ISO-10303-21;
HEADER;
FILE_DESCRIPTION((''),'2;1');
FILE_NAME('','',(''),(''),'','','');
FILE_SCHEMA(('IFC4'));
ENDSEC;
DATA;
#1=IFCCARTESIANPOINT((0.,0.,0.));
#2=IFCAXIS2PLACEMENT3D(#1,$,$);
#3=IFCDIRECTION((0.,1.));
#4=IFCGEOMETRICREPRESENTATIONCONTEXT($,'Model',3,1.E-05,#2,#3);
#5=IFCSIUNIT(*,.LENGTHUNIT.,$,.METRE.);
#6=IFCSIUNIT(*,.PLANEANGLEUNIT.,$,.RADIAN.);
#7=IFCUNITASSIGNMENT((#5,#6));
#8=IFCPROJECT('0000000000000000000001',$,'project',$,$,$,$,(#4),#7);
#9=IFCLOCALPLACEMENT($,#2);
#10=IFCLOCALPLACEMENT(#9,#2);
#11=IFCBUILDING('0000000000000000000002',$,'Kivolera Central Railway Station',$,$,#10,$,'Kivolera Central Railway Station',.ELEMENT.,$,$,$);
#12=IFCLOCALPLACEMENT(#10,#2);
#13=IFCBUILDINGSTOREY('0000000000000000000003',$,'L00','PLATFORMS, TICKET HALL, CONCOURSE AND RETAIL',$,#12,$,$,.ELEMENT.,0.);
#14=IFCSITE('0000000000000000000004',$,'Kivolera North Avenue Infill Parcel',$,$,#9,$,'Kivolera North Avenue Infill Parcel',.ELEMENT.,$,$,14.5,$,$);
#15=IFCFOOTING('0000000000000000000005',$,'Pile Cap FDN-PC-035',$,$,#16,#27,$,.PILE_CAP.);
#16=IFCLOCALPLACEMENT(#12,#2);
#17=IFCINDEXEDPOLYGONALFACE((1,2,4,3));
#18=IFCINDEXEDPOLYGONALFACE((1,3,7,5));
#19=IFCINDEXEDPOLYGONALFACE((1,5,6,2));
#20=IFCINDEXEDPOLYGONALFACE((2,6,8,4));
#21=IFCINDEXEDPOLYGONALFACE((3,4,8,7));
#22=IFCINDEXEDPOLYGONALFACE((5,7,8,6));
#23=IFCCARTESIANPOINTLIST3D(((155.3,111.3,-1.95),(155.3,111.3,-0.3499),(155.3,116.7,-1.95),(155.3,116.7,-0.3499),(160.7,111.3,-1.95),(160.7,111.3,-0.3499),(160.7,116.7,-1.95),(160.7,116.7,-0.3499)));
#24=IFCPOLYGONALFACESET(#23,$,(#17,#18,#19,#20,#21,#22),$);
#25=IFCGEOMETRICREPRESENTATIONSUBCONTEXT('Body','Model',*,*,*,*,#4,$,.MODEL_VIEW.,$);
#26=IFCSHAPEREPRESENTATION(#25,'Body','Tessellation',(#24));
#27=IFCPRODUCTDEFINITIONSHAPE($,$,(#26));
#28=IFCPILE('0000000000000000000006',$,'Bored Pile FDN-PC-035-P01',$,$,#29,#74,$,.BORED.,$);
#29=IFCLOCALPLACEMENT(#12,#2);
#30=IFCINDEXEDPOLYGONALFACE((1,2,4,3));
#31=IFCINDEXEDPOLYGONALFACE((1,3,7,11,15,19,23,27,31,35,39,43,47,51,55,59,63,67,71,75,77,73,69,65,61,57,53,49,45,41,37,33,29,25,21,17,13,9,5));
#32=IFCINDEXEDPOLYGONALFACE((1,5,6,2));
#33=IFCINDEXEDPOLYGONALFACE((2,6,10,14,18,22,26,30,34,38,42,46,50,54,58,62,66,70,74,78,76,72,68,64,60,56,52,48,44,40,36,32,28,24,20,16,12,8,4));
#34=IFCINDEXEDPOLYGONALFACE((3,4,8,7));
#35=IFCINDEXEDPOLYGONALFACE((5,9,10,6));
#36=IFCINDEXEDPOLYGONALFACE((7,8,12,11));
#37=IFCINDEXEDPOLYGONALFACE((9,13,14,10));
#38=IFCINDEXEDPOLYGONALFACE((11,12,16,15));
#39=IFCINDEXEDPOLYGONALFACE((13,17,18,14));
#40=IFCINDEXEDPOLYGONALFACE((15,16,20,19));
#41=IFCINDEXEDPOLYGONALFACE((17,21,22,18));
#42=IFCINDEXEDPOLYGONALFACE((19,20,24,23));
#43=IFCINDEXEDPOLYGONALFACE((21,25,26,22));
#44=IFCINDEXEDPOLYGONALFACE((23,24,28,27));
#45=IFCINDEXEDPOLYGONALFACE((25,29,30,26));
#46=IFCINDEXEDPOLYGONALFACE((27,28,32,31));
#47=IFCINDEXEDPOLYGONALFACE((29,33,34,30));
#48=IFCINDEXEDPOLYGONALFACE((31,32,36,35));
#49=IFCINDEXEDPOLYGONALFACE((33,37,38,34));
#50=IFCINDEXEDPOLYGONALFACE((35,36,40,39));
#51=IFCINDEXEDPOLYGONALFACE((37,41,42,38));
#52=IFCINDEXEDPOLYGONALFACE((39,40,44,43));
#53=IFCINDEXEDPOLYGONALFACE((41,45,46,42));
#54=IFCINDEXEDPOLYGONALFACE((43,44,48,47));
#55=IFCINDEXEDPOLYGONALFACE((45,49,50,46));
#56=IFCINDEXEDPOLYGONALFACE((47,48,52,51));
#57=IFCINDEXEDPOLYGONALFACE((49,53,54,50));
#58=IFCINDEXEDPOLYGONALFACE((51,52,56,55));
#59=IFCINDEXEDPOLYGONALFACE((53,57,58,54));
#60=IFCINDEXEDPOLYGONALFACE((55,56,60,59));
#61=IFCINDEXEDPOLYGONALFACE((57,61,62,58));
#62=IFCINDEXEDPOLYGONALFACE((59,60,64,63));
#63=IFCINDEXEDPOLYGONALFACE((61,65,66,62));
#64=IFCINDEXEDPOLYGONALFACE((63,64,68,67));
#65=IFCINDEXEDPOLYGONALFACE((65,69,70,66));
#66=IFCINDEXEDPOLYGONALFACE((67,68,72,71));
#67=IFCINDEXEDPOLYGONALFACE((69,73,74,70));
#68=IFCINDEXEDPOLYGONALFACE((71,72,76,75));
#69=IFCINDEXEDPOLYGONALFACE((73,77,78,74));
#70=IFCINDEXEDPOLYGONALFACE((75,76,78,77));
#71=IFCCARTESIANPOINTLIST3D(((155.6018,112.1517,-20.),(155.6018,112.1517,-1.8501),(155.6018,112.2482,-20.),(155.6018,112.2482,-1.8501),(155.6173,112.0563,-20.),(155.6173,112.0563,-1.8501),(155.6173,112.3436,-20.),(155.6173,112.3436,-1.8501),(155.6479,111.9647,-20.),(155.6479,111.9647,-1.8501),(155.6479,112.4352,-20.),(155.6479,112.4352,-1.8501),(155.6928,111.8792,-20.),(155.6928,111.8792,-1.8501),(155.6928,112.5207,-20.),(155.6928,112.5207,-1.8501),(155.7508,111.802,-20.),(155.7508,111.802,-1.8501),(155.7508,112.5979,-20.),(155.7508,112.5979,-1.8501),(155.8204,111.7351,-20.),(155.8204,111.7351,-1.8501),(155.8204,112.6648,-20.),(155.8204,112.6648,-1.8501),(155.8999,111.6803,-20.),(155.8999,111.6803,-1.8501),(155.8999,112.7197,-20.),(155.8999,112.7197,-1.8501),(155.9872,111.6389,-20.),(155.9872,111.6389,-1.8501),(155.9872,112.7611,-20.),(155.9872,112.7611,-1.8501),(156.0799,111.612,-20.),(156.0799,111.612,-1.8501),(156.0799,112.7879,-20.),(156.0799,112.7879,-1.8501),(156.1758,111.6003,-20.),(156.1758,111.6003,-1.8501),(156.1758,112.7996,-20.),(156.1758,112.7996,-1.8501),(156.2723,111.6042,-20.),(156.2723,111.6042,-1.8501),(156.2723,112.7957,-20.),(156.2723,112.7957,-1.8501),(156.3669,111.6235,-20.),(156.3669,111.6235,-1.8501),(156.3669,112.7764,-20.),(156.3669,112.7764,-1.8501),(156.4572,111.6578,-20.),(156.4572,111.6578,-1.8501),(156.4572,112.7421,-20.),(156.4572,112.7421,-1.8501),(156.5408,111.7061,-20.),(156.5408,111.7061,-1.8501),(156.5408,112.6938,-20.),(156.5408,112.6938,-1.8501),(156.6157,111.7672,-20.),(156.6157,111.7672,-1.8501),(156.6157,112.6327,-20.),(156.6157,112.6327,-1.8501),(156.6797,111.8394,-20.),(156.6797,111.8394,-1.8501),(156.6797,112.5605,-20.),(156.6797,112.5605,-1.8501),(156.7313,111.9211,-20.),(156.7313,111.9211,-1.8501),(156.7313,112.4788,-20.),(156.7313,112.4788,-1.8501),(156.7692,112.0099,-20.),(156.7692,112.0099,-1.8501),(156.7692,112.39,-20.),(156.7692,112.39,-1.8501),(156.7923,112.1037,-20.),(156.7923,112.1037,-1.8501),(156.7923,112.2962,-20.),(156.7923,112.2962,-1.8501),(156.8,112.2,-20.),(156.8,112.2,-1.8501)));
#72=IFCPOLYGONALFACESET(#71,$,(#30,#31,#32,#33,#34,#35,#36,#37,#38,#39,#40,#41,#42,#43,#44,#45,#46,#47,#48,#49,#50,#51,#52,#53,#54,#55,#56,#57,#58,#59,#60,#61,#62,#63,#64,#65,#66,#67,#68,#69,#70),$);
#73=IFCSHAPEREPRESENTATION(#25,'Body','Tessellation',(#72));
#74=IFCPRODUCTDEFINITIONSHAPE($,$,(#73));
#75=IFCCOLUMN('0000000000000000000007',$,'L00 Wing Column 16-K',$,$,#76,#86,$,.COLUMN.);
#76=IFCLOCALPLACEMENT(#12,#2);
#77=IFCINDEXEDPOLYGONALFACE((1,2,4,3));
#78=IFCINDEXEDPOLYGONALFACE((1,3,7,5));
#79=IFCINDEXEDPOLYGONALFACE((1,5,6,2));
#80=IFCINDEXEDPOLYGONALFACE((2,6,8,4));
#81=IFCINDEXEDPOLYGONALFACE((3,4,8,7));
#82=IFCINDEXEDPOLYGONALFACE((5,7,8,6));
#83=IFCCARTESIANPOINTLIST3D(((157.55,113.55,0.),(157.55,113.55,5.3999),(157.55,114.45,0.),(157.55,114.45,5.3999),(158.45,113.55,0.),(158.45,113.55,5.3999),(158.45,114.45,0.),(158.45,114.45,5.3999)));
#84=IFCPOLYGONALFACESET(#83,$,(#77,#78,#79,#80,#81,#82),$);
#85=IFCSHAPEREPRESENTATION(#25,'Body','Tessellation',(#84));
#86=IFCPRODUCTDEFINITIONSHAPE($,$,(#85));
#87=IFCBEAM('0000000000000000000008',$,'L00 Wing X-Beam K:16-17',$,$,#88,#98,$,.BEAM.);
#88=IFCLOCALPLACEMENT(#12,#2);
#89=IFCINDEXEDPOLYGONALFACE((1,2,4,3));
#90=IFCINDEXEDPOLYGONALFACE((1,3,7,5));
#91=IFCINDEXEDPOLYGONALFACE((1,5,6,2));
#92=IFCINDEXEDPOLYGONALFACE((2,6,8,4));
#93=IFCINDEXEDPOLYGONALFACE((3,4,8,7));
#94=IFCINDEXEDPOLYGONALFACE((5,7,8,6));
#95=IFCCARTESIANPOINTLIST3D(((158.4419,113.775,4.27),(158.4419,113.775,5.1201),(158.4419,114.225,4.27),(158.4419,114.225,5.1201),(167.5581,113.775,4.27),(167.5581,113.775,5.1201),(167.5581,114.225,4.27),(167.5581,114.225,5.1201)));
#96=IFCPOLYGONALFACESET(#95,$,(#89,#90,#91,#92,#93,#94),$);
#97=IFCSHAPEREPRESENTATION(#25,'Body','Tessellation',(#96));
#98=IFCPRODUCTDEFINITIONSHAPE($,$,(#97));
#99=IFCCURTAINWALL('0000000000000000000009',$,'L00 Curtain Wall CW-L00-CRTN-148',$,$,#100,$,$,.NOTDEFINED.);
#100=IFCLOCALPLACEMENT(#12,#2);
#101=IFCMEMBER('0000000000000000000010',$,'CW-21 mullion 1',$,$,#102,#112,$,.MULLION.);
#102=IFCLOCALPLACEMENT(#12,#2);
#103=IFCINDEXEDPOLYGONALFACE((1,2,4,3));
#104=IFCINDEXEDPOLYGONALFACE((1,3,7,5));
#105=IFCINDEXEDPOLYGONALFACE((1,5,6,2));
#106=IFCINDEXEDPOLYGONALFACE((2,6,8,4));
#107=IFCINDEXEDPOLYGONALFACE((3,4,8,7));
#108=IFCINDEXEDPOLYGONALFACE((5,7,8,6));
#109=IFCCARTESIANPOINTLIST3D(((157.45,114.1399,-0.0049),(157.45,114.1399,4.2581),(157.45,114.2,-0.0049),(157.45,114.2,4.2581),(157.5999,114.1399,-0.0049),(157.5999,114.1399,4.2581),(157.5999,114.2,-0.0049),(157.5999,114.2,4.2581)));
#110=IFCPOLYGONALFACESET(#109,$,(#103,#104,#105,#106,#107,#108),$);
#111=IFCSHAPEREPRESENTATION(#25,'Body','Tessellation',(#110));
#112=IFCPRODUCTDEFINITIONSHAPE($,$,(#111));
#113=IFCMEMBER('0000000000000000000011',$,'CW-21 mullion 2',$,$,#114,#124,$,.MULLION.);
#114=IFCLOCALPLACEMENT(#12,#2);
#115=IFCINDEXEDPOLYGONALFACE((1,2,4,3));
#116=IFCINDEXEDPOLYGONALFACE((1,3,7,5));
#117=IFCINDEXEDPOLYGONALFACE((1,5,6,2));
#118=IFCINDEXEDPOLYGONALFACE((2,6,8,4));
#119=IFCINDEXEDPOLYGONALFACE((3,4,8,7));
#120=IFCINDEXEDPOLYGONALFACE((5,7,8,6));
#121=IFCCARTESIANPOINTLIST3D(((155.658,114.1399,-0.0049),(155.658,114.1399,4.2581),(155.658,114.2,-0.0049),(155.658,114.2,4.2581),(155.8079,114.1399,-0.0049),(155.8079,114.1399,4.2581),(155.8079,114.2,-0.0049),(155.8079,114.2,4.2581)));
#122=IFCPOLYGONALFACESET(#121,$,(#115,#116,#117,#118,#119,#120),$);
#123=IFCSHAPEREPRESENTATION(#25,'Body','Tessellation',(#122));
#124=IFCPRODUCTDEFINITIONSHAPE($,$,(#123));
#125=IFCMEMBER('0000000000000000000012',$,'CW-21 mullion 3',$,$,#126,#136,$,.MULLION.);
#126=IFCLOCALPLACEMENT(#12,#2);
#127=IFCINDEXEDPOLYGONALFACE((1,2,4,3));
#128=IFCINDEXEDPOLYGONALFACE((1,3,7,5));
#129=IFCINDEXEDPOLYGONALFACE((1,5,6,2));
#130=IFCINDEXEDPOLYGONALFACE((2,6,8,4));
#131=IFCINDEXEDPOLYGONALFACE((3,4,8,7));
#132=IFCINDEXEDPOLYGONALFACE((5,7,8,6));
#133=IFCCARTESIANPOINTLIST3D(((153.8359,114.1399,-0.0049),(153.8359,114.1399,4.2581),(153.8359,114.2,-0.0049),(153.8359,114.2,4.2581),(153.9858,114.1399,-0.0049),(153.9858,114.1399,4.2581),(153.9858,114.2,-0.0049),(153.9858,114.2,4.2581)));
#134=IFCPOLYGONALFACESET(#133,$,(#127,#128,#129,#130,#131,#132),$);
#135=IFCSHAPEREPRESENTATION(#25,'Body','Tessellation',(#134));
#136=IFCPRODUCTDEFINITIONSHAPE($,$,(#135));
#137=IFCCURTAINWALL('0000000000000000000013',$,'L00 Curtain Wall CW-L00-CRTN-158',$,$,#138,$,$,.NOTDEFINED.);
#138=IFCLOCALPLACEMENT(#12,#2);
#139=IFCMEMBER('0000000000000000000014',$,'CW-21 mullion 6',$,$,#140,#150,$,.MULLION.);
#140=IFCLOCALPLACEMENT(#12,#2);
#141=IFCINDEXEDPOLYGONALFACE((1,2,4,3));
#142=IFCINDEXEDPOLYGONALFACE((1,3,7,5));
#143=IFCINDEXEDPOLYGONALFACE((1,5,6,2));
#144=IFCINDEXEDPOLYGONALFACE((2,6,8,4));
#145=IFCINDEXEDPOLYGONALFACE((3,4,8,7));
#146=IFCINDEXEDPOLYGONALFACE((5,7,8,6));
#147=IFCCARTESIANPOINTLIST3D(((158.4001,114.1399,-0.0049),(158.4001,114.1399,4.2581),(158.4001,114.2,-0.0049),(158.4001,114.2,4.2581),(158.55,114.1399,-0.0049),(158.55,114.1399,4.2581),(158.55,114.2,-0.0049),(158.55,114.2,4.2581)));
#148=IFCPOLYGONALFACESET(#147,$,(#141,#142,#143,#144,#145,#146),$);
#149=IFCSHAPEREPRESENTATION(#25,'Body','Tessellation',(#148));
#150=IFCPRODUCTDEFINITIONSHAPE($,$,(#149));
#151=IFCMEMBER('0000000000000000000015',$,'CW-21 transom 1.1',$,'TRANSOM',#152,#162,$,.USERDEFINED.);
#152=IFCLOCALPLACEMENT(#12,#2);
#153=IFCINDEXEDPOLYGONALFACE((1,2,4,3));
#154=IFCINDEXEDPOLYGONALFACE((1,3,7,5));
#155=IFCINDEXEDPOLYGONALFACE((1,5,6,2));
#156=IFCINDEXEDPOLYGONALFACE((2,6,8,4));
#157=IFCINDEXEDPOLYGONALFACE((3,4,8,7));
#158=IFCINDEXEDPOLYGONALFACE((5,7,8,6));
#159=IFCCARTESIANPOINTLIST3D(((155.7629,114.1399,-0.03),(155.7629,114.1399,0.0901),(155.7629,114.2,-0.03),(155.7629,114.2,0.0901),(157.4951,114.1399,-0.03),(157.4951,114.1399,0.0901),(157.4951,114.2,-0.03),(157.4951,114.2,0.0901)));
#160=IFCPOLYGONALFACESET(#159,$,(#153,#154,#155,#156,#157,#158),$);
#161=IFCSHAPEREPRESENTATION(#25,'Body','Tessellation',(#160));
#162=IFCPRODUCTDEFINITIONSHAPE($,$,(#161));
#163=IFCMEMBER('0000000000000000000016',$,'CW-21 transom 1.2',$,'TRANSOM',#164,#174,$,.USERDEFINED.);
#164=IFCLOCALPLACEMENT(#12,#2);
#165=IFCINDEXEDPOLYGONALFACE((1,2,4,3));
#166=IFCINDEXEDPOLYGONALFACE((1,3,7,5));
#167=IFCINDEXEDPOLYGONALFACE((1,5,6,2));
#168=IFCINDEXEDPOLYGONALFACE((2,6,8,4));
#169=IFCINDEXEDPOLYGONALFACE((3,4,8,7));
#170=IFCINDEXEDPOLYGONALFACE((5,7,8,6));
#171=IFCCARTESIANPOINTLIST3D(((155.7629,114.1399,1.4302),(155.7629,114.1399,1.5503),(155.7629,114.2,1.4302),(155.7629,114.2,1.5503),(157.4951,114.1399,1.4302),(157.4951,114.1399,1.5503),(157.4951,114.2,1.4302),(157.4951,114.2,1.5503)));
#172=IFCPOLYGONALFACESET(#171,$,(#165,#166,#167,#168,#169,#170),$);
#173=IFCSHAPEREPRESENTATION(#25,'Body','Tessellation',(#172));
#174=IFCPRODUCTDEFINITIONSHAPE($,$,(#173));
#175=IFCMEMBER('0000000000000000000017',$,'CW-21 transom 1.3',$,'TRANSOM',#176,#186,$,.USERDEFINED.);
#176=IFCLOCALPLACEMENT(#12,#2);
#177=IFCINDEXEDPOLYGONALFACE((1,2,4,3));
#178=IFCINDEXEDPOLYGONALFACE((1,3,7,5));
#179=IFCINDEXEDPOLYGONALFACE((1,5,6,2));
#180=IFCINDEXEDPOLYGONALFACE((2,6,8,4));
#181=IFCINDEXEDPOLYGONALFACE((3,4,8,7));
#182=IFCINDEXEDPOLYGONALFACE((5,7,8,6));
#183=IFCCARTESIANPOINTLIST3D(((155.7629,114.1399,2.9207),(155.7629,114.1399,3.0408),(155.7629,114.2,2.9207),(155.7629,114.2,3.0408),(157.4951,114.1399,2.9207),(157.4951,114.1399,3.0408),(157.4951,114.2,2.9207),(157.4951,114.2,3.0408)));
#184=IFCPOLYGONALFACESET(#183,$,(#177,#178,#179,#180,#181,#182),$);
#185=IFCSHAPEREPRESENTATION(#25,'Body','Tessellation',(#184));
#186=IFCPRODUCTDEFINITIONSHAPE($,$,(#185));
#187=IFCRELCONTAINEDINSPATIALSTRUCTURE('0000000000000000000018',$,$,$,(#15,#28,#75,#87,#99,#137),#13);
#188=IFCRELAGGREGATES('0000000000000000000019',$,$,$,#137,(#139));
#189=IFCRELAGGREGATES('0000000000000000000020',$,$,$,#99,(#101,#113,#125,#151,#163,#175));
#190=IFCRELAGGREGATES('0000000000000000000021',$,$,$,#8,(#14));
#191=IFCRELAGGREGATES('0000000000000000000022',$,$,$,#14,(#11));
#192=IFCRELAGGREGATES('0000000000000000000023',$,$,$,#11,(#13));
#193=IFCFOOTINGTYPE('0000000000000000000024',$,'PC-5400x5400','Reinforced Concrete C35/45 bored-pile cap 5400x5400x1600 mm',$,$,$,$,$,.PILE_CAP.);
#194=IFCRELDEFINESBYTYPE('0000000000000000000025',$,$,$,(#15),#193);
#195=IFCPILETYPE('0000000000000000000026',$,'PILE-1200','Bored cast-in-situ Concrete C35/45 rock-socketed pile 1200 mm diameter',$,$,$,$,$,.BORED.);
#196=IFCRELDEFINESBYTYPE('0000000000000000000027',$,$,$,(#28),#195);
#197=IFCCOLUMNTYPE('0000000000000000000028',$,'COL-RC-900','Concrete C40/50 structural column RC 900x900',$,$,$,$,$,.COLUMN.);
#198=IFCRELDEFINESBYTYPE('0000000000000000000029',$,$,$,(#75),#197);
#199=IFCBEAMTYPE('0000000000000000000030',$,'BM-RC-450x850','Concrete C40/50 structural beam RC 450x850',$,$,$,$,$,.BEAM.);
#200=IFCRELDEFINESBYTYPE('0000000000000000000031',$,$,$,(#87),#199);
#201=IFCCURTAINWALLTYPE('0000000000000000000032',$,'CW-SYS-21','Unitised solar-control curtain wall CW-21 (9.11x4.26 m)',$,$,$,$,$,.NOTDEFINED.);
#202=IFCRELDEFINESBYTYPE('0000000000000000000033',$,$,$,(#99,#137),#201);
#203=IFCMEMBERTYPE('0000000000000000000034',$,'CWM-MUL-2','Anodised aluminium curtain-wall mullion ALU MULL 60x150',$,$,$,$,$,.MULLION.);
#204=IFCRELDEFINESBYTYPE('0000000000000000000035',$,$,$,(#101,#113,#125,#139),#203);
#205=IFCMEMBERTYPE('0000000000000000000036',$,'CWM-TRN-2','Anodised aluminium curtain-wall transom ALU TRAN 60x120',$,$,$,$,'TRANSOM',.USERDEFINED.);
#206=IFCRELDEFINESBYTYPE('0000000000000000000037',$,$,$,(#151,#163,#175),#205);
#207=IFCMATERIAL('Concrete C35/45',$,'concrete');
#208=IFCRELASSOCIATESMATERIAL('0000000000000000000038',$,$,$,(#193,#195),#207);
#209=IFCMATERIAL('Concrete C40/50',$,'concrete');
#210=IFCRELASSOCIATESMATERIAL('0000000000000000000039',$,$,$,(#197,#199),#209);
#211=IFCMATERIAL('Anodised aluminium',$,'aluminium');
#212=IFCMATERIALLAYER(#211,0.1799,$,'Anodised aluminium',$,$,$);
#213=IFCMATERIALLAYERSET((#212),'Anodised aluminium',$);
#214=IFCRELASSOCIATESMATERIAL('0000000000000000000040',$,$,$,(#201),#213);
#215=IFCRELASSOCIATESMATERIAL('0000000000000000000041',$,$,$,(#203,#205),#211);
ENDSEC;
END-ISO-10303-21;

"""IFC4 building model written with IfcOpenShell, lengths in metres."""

from ifc_helpers import new_model, si_unit, direction, frame, origin, origin_2d, place, context, subcontext, project, spatial, rectangle, circle, extrude, material, layer, layer_set, material_profile, profile_set, type_object, element, aggregate, save


model = new_model("IFC4")

# Units and contexts
model_context = context("Model", 3, precision=1e-05, world=origin(), true_north=direction((0.0, 1.0)))
body_context = subcontext(model_context, "Body", "Model", "MODEL_VIEW")
ifc_project = project(units=[si_unit("LENGTHUNIT", "METRE"), si_unit("PLANEANGLEUNIT", "RADIAN")], contexts=[model_context])

# Site, building, storey
site_placement = place(None, origin())
site = spatial("IfcSite", under=ifc_project, at=site_placement, Name="Kivolera North Avenue Infill Parcel", LongName="Kivolera North Avenue Infill Parcel", CompositionType="ELEMENT", RefElevation=14.5)
building_placement = place(site_placement, origin())
building = spatial("IfcBuilding", under=site, at=building_placement, Name="Kivolera Central Railway Station", LongName="Kivolera Central Railway Station", CompositionType="ELEMENT")
storey_placement = place(building_placement, origin())
storey = spatial("IfcBuildingStorey", under=building, at=storey_placement, Name="L00", Description="PLATFORMS, TICKET HALL, CONCOURSE AND RETAIL", CompositionType="ELEMENT", Elevation=0.0)

# Footing
ifc_material_1 = material(Name="Concrete C35/45", Category="concrete")
footing_type = type_object("IfcFootingType", Name="PC-5400x5400", Description="Reinforced Concrete C35/45 bored-pile cap 5400x5400x1600 mm", PredefinedType="PILE_CAP", material=ifc_material_1)
footing_placement = place(storey_placement, frame((158.0, 114.0, -1.95), z_axis=(0.0, 0.0, 1.0), x_axis=(1.0, 0.0, 0.0)))
element("IfcFooting", 1, at=footing_placement, inside=storey, type_object=footing_type, Name="Pile Cap FDN-PC-035", PredefinedType="PILE_CAP", context=body_context, shape_type="SweptSolid", body=[
    extrude(rectangle(XDim=5.3999, YDim=5.3999, at=origin_2d()), origin(), (0.0, 0.0, 1.0), 1.6001),
])

# Pile
ifc_material_profile_1 = material_profile(ifc_material_1, circle(Radius=0.6001, at=origin_2d()), Name="PILE D1200")
ifc_profile_set_1 = profile_set([ifc_material_profile_1], Name="Concrete C35/45")
pile_type = type_object("IfcPileType", Name="PILE-1200", Description="Bored cast-in-situ Concrete C35/45 rock-socketed pile 1200 mm diameter", PredefinedType="BORED", material=ifc_profile_set_1)
pile_placement = place(storey_placement, frame((156.2, 112.2, -1.8501), z_axis=(0.0, 0.0, -1.0), x_axis=(1.0, 0.0, 0.0)))
element("IfcPile", 2, at=pile_placement, inside=storey, type_object=pile_type, Name="Bored Pile FDN-PC-035-P01", PredefinedType="BORED", context=body_context, shape_type="SweptSolid", body=[
    extrude(circle(Radius=0.6001, at=origin_2d()), origin(), (0.0, 0.0, 1.0), 18.1499),
])

# Column
ifc_material_2 = material(Name="Concrete C40/50", Category="concrete")
ifc_material_profile_2 = material_profile(ifc_material_2, rectangle(XDim=0.8999, YDim=0.8999, at=origin_2d()), Name="RC 900x900")
ifc_profile_set_2 = profile_set([ifc_material_profile_2], Name="Concrete C40/50")
column_type = type_object("IfcColumnType", Name="COL-RC-900", Description="Concrete C40/50 structural column RC 900x900", PredefinedType="COLUMN", material=ifc_profile_set_2)
column_placement = place(storey_placement, frame((158.0, 114.0, 0.0), z_axis=(0.0, 0.0, 1.0), x_axis=(1.0, 0.0, 0.0)))
element("IfcColumn", 3, at=column_placement, inside=storey, type_object=column_type, Name="L00 Wing Column 16-K", PredefinedType="COLUMN", context=body_context, shape_type="SweptSolid", body=[
    extrude(rectangle(XDim=0.8999, YDim=0.8999, at=origin_2d()), origin(), (0.0, 0.0, 1.0), 5.3999),
])

# Beam
ifc_material_profile_3 = material_profile(ifc_material_2, rectangle(XDim=0.45, YDim=0.8501, at=origin_2d()), Name="RC 450x850")
ifc_profile_set_3 = profile_set([ifc_material_profile_3], Name="Concrete C40/50")
beam_type = type_object("IfcBeamType", Name="BM-RC-450x850", Description="Concrete C40/50 structural beam RC 450x850", PredefinedType="BEAM", material=ifc_profile_set_3)
beam_placement = place(storey_placement, frame((158.4419, 114.0, 4.6951), z_axis=(1.0, 0.0, 0.0), x_axis=(0.0, 1.0, 0.0)))
element("IfcBeam", 4, at=beam_placement, inside=storey, type_object=beam_type, Name="L00 Wing X-Beam K:16-17", PredefinedType="BEAM", context=body_context, shape_type="SweptSolid", body=[
    extrude(rectangle(XDim=0.45, YDim=0.8501, at=origin_2d()), origin(), (0.0, 0.0, 1.0), 9.1162),
])

# Curtain wall, members
ifc_material_3 = material(Name="Anodised aluminium", Category="aluminium")
ifc_layer_1 = layer(ifc_material_3, 0.1799, Name="Anodised aluminium")
ifc_layer_set_1 = layer_set([ifc_layer_1], Name="Anodised aluminium")
curtain_wall_type = type_object("IfcCurtainWallType", Name="CW-SYS-21", Description="Unitised solar-control curtain wall CW-21 (9.11x4.26 m)", PredefinedType="NOTDEFINED", material=ifc_layer_set_1)
curtain_wall_1_placement = place(storey_placement, origin())
curtain_wall_1 = element("IfcCurtainWall", 5, at=curtain_wall_1_placement, inside=storey, type_object=curtain_wall_type, Name="L00 Curtain Wall CW-L00-CRTN-148", PredefinedType="NOTDEFINED")
ifc_material_profile_4 = material_profile(ifc_material_3, rectangle(XDim=0.0601, YDim=0.1499, at=origin_2d()), Name="ALU MULL 60x150")
ifc_profile_set_4 = profile_set([ifc_material_profile_4], Name="Anodised aluminium")
member_type_1 = type_object("IfcMemberType", Name="CWM-MUL-2", Description="Anodised aluminium curtain-wall mullion ALU MULL 60x150", PredefinedType="MULLION", material=ifc_profile_set_4)
member_1_placement = place(storey_placement, frame((157.5249, 114.1699, -0.0049), z_axis=(0.0, 0.0, 1.0), x_axis=(0.0, -1.0, 0.0)))
member_1 = element("IfcMember", 6, at=member_1_placement, type_object=member_type_1, Name="CW-21 mullion 1", PredefinedType="MULLION", context=body_context, shape_type="SweptSolid", body=[
    extrude(rectangle(XDim=0.0601, YDim=0.1499, at=origin_2d()), origin(), (0.0, 0.0, 1.0), 4.2629),
])
member_2_placement = place(storey_placement, frame((155.7329, 114.1699, -0.0049), z_axis=(0.0, 0.0, 1.0), x_axis=(0.0, -1.0, 0.0)))
member_2 = element("IfcMember", 7, at=member_2_placement, type_object=member_type_1, Name="CW-21 mullion 2", PredefinedType="MULLION", context=body_context, shape_type="SweptSolid", body=[
    extrude(rectangle(XDim=0.0601, YDim=0.1499, at=origin_2d()), origin(), (0.0, 0.0, 1.0), 4.2629),
])
member_3_placement = place(storey_placement, frame((153.9109, 114.1699, -0.0049), z_axis=(0.0, 0.0, 1.0), x_axis=(0.0, -1.0, 0.0)))
member_3 = element("IfcMember", 8, at=member_3_placement, type_object=member_type_1, Name="CW-21 mullion 3", PredefinedType="MULLION", context=body_context, shape_type="SweptSolid", body=[
    extrude(rectangle(XDim=0.0601, YDim=0.1499, at=origin_2d()), origin(), (0.0, 0.0, 1.0), 4.2629),
])

# Curtain wall, member
curtain_wall_2_placement = place(storey_placement, origin())
curtain_wall_2 = element("IfcCurtainWall", 9, at=curtain_wall_2_placement, inside=storey, type_object=curtain_wall_type, Name="L00 Curtain Wall CW-L00-CRTN-158", PredefinedType="NOTDEFINED")
member_4_placement = place(storey_placement, frame((158.4751, 114.1699, -0.0049), z_axis=(0.0, 0.0, 1.0), x_axis=(0.0, -1.0, 0.0)))
member_4 = element("IfcMember", 10, at=member_4_placement, type_object=member_type_1, Name="CW-21 mullion 6", PredefinedType="MULLION", context=body_context, shape_type="SweptSolid", body=[
    extrude(rectangle(XDim=0.0601, YDim=0.1499, at=origin_2d()), origin(), (0.0, 0.0, 1.0), 4.2629),
])
aggregate(curtain_wall_2, [member_4])

# Members
ifc_material_profile_5 = material_profile(ifc_material_3, rectangle(XDim=0.0601, YDim=0.1201, at=origin_2d()), Name="ALU TRAN 60x120")
ifc_profile_set_5 = profile_set([ifc_material_profile_5], Name="Anodised aluminium")
member_type_2 = type_object("IfcMemberType", Name="CWM-TRN-2", Description="Anodised aluminium curtain-wall transom ALU TRAN 60x120", ElementType="TRANSOM", PredefinedType="USERDEFINED", material=ifc_profile_set_5)
member_5_placement = place(storey_placement, frame((157.4951, 114.1699, 0.03), z_axis=(-1.0, 0.0, 0.0), x_axis=(0.0, -1.0, 0.0)))
member_5 = element("IfcMember", 11, at=member_5_placement, type_object=member_type_2, Name="CW-21 transom 1.1", ObjectType="TRANSOM", PredefinedType="USERDEFINED", context=body_context, shape_type="SweptSolid", body=[
    extrude(rectangle(XDim=0.0601, YDim=0.1201, at=origin_2d()), origin(), (0.0, 0.0, 1.0), 1.7322),
])
member_6_placement = place(storey_placement, frame((157.4951, 114.1699, 1.4902), z_axis=(-1.0, 0.0, 0.0), x_axis=(0.0, -1.0, 0.0)))
member_6 = element("IfcMember", 12, at=member_6_placement, type_object=member_type_2, Name="CW-21 transom 1.2", ObjectType="TRANSOM", PredefinedType="USERDEFINED", context=body_context, shape_type="SweptSolid", body=[
    extrude(rectangle(XDim=0.0601, YDim=0.1201, at=origin_2d()), origin(), (0.0, 0.0, 1.0), 1.7322),
])
member_7_placement = place(storey_placement, frame((157.4951, 114.1699, 2.9807), z_axis=(-1.0, 0.0, 0.0), x_axis=(0.0, -1.0, 0.0)))
member_7 = element("IfcMember", 13, at=member_7_placement, type_object=member_type_2, Name="CW-21 transom 1.3", ObjectType="TRANSOM", PredefinedType="USERDEFINED", context=body_context, shape_type="SweptSolid", body=[
    extrude(rectangle(XDim=0.0601, YDim=0.1201, at=origin_2d()), origin(), (0.0, 0.0, 1.0), 1.7322),
])

aggregate(curtain_wall_1, [member_1, member_2, member_3, member_5, member_6, member_7])

save(model, "model.ifc")
